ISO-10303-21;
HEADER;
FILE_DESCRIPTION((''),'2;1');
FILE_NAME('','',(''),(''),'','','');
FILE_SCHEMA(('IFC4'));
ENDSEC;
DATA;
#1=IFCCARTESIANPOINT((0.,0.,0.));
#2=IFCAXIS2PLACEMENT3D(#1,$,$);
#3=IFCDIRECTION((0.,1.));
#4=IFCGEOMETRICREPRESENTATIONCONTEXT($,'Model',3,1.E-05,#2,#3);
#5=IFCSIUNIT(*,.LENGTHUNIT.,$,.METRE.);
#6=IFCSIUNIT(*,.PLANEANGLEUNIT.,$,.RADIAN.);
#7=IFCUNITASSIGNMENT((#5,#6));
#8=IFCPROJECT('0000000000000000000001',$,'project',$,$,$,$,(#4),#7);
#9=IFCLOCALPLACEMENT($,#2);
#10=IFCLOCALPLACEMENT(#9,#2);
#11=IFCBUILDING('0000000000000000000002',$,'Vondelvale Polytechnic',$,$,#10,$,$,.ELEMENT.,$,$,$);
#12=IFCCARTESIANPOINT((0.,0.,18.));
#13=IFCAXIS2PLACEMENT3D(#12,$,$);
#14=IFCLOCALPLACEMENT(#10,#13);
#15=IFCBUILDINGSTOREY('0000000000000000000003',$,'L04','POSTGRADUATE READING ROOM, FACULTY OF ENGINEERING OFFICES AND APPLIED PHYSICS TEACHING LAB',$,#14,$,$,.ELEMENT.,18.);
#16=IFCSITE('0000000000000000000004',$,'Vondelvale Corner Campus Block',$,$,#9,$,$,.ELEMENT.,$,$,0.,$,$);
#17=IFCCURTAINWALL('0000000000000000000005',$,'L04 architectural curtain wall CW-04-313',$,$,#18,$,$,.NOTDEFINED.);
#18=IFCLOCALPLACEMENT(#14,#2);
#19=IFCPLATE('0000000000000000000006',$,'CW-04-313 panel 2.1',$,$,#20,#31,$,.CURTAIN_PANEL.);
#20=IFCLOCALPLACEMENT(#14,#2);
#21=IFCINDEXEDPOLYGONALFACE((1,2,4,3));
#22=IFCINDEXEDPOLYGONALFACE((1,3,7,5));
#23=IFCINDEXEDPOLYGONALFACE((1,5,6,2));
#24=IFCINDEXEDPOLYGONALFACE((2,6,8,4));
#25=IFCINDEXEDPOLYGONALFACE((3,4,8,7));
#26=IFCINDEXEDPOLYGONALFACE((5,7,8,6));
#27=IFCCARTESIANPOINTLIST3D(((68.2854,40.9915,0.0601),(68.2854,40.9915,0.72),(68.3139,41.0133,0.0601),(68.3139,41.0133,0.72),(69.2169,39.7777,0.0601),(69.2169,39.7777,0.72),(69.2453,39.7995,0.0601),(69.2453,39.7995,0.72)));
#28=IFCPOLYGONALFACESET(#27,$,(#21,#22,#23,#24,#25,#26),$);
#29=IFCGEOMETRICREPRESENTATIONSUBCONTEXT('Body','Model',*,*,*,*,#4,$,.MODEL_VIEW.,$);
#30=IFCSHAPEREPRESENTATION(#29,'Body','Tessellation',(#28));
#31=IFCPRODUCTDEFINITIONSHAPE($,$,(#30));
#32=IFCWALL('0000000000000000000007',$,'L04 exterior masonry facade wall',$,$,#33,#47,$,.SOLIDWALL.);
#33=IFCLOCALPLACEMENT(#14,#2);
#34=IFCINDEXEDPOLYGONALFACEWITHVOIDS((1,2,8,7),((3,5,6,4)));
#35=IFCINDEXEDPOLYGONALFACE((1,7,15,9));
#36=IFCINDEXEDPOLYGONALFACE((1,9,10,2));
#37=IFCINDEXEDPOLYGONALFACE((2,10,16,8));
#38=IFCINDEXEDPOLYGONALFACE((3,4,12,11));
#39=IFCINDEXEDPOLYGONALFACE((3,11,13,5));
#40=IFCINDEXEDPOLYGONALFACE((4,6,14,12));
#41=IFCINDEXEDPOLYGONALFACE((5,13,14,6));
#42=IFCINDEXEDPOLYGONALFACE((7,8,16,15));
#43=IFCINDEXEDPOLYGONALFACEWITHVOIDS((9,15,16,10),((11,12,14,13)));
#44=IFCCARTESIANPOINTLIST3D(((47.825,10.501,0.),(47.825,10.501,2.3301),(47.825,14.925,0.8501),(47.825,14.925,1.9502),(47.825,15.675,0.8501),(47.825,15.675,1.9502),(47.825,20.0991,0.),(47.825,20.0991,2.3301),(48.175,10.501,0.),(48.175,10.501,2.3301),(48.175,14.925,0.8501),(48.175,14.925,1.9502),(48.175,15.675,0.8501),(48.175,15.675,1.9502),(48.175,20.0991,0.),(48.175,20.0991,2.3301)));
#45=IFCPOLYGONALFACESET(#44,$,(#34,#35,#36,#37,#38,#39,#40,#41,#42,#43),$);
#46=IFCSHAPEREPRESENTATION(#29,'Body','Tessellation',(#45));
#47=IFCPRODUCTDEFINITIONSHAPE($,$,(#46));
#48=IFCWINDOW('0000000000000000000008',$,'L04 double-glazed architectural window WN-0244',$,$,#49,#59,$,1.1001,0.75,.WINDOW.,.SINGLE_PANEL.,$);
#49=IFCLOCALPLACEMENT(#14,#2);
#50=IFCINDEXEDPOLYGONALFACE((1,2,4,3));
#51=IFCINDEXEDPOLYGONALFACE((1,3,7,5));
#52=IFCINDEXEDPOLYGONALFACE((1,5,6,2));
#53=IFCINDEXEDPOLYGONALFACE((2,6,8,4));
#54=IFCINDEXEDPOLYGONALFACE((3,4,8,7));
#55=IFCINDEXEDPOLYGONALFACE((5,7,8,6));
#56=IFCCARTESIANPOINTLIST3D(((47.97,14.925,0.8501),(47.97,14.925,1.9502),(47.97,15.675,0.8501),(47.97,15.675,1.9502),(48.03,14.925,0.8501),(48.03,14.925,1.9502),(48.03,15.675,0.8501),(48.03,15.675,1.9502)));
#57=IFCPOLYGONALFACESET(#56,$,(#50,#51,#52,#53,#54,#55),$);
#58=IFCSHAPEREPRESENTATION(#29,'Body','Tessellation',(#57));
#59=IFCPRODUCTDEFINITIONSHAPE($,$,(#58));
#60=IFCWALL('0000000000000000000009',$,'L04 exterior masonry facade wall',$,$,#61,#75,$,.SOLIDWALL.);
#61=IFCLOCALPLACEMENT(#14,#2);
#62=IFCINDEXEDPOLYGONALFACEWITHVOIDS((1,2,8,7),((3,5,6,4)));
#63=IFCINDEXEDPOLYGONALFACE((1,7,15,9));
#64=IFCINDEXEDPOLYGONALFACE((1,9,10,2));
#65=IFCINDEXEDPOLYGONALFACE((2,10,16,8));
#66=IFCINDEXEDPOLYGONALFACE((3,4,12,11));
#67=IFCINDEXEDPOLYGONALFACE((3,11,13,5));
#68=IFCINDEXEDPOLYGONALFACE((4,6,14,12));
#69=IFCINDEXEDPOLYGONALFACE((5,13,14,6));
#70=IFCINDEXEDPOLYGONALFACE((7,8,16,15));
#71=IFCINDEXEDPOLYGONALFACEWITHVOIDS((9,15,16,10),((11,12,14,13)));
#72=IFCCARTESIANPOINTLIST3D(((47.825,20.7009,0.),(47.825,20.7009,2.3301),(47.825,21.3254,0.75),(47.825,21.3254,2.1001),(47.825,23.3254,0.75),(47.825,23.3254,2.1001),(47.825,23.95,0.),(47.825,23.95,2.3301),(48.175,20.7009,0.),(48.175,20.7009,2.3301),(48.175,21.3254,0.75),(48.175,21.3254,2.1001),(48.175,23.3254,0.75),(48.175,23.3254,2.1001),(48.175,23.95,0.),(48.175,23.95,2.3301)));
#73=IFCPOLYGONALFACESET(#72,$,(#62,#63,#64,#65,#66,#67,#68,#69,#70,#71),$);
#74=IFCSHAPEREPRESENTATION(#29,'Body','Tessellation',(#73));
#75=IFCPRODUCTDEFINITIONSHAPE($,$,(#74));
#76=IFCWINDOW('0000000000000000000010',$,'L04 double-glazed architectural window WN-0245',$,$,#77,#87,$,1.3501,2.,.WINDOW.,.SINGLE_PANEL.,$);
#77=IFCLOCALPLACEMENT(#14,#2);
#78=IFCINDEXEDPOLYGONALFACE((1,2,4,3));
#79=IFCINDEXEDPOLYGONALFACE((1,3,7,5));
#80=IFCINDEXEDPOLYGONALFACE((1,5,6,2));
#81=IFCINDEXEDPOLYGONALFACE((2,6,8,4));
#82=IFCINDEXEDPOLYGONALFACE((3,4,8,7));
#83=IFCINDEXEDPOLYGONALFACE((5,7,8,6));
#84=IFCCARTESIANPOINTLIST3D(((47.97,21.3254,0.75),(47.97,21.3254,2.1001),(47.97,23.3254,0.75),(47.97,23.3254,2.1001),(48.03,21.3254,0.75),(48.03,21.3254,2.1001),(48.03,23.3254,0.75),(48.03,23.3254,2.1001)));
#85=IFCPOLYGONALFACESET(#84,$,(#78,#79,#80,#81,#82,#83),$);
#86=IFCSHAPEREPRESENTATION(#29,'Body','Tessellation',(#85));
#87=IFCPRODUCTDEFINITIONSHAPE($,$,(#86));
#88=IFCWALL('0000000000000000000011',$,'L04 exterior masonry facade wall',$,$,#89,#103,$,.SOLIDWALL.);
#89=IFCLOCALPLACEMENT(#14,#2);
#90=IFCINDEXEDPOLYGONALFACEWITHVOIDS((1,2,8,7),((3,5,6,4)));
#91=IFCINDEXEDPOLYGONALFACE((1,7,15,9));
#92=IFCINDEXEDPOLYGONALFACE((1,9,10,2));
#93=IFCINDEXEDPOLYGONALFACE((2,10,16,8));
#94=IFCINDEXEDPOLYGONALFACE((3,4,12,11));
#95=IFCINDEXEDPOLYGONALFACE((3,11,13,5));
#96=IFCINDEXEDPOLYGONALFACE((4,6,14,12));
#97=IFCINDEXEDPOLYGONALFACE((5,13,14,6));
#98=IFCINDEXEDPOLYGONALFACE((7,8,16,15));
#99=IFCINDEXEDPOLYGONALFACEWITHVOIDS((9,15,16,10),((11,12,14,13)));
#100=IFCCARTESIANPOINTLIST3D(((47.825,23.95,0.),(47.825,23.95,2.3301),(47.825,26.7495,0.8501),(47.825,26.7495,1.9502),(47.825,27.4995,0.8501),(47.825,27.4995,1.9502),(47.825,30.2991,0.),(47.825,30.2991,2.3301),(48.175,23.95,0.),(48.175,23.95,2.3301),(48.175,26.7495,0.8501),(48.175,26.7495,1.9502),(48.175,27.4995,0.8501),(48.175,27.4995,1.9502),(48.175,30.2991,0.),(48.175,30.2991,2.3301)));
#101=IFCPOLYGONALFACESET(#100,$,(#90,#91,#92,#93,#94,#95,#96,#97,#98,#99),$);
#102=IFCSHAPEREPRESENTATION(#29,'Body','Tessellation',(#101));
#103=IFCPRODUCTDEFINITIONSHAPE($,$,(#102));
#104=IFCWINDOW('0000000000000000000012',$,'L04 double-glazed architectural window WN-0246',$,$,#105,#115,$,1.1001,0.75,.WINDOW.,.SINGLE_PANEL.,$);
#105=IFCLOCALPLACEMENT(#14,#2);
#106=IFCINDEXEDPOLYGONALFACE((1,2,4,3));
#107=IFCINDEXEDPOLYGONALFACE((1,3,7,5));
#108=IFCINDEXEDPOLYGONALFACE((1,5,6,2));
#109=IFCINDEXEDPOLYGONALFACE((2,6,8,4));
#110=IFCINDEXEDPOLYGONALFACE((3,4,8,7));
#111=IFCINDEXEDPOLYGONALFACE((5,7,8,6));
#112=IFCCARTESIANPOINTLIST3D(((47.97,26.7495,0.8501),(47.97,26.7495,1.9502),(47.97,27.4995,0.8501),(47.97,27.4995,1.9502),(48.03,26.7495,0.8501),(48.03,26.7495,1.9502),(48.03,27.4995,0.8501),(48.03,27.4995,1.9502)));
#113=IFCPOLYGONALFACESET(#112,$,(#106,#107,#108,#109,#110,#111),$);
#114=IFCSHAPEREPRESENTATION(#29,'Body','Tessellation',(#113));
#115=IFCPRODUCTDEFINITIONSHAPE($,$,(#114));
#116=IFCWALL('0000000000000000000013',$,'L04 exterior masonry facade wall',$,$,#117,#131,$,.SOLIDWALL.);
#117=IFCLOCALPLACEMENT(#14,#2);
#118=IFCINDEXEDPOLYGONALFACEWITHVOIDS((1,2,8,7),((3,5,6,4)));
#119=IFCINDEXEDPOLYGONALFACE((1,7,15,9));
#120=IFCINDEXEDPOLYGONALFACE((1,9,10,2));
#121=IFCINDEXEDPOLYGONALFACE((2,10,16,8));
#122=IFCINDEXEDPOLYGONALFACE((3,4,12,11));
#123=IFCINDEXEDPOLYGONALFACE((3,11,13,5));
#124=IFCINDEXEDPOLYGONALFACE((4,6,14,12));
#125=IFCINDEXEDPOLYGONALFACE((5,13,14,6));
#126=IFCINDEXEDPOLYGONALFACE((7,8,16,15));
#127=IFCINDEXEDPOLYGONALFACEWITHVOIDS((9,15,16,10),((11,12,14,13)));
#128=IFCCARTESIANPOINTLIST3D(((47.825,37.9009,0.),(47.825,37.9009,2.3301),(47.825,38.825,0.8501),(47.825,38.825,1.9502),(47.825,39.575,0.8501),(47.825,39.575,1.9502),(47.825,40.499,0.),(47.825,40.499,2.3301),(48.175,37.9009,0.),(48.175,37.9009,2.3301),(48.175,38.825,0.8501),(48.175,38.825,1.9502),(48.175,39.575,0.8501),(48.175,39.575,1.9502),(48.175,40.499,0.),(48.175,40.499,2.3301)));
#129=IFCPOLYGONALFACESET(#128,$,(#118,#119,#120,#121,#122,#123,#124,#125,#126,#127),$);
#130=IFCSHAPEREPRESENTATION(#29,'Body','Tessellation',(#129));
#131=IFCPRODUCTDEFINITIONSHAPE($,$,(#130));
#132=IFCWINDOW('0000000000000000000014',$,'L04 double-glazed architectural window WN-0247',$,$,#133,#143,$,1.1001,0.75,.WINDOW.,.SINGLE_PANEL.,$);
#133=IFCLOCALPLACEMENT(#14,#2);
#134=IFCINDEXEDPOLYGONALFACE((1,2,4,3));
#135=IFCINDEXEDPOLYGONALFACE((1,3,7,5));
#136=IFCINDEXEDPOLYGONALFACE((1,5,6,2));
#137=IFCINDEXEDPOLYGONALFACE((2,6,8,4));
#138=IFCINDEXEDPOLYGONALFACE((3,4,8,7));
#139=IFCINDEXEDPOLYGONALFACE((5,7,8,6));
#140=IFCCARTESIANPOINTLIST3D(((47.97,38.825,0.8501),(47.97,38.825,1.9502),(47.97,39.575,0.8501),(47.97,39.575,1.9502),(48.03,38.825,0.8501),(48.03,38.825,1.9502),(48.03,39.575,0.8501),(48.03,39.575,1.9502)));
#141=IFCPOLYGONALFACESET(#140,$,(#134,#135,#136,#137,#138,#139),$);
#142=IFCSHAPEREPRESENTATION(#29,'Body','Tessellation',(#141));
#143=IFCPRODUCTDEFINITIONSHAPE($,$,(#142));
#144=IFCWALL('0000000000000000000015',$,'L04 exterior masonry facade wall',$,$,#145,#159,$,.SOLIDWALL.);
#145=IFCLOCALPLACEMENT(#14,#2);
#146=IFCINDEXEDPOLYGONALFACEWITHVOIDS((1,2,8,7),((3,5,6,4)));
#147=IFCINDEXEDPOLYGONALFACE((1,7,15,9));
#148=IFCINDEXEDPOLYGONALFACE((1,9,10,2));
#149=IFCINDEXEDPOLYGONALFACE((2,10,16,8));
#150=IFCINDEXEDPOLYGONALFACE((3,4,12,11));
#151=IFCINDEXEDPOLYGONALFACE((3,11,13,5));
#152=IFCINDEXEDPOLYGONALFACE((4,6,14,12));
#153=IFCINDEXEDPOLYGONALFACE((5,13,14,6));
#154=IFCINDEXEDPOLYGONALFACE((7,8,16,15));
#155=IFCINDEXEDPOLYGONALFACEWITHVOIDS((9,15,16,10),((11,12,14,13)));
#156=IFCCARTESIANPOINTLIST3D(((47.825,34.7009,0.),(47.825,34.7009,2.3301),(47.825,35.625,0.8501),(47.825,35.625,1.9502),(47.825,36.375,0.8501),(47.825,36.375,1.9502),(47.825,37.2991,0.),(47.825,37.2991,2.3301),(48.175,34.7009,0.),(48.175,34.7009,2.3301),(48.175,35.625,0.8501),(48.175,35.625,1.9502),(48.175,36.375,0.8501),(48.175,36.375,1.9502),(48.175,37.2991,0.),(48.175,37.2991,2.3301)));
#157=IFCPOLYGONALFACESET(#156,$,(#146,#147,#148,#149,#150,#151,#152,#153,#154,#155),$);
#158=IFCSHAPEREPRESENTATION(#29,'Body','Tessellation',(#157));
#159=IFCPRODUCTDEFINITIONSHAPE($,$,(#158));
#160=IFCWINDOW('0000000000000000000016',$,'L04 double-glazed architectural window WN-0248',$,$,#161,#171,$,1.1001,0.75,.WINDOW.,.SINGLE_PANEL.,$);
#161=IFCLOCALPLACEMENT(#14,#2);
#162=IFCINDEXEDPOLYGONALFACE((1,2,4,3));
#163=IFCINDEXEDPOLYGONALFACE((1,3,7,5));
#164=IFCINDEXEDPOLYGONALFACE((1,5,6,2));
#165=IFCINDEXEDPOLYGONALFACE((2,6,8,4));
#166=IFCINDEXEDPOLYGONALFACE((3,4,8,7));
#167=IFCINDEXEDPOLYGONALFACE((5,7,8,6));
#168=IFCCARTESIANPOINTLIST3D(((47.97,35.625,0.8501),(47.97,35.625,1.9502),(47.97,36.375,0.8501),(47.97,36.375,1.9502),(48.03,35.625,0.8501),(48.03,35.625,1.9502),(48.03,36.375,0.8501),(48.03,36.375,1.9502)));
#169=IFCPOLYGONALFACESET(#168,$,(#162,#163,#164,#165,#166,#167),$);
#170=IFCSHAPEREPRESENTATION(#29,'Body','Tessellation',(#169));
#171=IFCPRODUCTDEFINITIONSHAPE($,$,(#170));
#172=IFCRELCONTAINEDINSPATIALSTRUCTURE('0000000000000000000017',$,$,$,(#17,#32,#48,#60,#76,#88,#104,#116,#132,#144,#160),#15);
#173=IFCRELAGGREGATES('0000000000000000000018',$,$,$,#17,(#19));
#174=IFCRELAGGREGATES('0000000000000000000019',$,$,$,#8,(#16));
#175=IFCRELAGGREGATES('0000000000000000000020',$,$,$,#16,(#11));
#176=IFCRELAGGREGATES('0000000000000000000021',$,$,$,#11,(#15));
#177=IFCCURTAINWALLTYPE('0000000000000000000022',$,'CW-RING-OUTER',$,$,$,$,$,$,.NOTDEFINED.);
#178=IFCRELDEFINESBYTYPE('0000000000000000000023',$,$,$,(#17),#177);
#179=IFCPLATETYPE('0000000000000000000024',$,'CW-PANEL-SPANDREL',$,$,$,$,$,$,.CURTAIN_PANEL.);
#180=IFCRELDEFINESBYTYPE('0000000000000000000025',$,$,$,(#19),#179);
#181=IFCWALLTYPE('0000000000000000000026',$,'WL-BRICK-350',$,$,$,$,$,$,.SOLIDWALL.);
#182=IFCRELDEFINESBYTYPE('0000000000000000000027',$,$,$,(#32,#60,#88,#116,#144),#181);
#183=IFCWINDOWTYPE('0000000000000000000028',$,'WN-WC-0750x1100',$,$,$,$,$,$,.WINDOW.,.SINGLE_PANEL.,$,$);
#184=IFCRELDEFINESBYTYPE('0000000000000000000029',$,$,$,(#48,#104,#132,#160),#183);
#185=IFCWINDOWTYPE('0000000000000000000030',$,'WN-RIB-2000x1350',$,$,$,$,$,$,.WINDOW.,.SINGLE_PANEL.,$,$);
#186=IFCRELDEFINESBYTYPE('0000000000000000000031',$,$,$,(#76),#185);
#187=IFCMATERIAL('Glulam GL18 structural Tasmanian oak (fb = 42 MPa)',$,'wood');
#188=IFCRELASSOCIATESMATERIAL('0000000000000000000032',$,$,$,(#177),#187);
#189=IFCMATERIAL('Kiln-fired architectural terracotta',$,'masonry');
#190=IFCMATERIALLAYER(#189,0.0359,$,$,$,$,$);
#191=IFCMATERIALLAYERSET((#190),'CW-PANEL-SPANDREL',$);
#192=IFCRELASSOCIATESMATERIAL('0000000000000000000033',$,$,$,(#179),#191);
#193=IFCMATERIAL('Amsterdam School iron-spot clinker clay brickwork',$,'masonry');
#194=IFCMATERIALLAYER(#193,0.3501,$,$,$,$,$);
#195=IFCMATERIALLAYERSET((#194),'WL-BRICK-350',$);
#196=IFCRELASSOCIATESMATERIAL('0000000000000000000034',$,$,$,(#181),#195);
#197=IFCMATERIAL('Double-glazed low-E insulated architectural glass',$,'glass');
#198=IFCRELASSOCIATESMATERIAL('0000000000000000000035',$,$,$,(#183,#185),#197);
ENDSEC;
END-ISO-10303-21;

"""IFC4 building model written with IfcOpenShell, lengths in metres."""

from ifc_helpers import new_model, si_unit, direction, frame, frame_2d, origin, origin_2d, place, context, subcontext, project, spatial, rectangle, extrude, material, layer, layer_set, type_object, element, fill, aggregate, save


model = new_model("IFC4")

# Units and contexts
model_context = context("Model", 3, precision=1e-05, world=origin(), true_north=direction((0.0, 1.0)))
body_context = subcontext(model_context, "Body", "Model", "MODEL_VIEW")
ifc_project = project(units=[si_unit("LENGTHUNIT", "METRE"), si_unit("PLANEANGLEUNIT", "RADIAN")], contexts=[model_context])

# Site, building, storey
site_placement = place(None, origin())
site = spatial("IfcSite", under=ifc_project, at=site_placement, Name="Vondelvale Corner Campus Block", CompositionType="ELEMENT", RefElevation=0.0)
building_placement = place(site_placement, origin())
building = spatial("IfcBuilding", under=site, at=building_placement, Name="Vondelvale Polytechnic", CompositionType="ELEMENT")
storey_placement = place(building_placement, frame((0.0, 0.0, 18.0)))
storey = spatial("IfcBuildingStorey", under=building, at=storey_placement, Name="L04", Description="POSTGRADUATE READING ROOM, FACULTY OF ENGINEERING OFFICES AND APPLIED PHYSICS TEACHING LAB", CompositionType="ELEMENT", Elevation=18.0)

# Curtain wall
ifc_material_1 = material(Name="Glulam GL18 structural Tasmanian oak (fb = 42 MPa)", Category="wood")
curtain_wall_type = type_object("IfcCurtainWallType", Name="CW-RING-OUTER", PredefinedType="NOTDEFINED", material=ifc_material_1)
curtain_wall_placement = place(storey_placement, origin())
curtain_wall = element("IfcCurtainWall", 1, at=curtain_wall_placement, inside=storey, type_object=curtain_wall_type, Name="L04 architectural curtain wall CW-04-313", PredefinedType="NOTDEFINED")

# Plate
ifc_material_2 = material(Name="Double-glazed low-E insulated architectural glass", Category="glass")
ifc_material_3 = material(Name="Kiln-fired architectural terracotta", Category="masonry")
ifc_layer_1 = layer(ifc_material_3, 0.0359)
ifc_layer_set_1 = layer_set([ifc_layer_1], Name="CW-PANEL-SPANDREL")
plate_type_1 = type_object("IfcPlateType", Name="CW-PANEL-SPANDREL", PredefinedType="CURTAIN_PANEL", material=ifc_layer_set_1)
plate_1_placement = place(storey_placement, frame((68.7654, 40.3955, 0.0601), z_axis=(0.0, 0.0, 1.0), x_axis=(0.608787, -0.793334, 0.0)))
plate_1 = element("IfcPlate", 2, at=plate_1_placement, type_object=plate_type_1, Name="CW-04-313 panel 2.1", PredefinedType="CURTAIN_PANEL", context=body_context, shape_type="SweptSolid", body=[
    extrude(rectangle(XDim=1.53, YDim=0.0359, at=origin_2d()), origin(), (0.0, 0.0, 1.0), 0.6599),
])
aggregate(curtain_wall, [plate_1])

# Walls, openings, windows
ifc_material_4 = material(Name="Amsterdam School iron-spot clinker clay brickwork", Category="masonry")
ifc_layer_2 = layer(ifc_material_4, 0.3501)
ifc_layer_set_2 = layer_set([ifc_layer_2], Name="WL-BRICK-350")
wall_type = type_object("IfcWallType", Name="WL-BRICK-350", PredefinedType="SOLIDWALL", material=ifc_layer_set_2)
wall_1_placement = place(storey_placement, frame((48.0, 20.0991, 0.0), z_axis=(0.0, 0.0, 1.0), x_axis=(0.0, -1.0, 0.0)))
wall_1 = element("IfcWall", 3, at=wall_1_placement, inside=storey, type_object=wall_type, Name="L04 exterior masonry facade wall", PredefinedType="SOLIDWALL", context=body_context, shape_type="SweptSolid", body=[
    extrude(rectangle(XDim=9.5981, YDim=0.3501, at=frame_2d((4.7991, 0.0))), origin(), (0.0, 0.0, 1.0), 2.3301),
])
opening_1_placement = place(wall_1_placement, frame((4.4241, 0.0, 0.8501)))
opening_1 = element("IfcOpeningElement", 4, at=opening_1_placement, cuts=wall_1, PredefinedType="OPENING", context=body_context, shape_type="SweptSolid", body=[
    extrude(rectangle(XDim=0.75, YDim=1.1001, at=frame_2d((0.375, 0.55))), frame((0.0, 0.1851, 0.0), z_axis=(0.0, -1.0, 0.0), x_axis=(1.0, 0.0, 0.0)), (0.0, 0.0, 1.0), 0.3701),
])
window_type_1 = type_object("IfcWindowType", Name="WN-WC-0750x1100", PartitioningType="SINGLE_PANEL", PredefinedType="WINDOW", material=ifc_material_2)
window_1_placement = place(opening_1_placement, origin())
window_1 = element("IfcWindow", 5, at=window_1_placement, inside=storey, type_object=window_type_1, Name="L04 double-glazed architectural window WN-0244", OverallHeight=1.1001, OverallWidth=0.75, PartitioningType="SINGLE_PANEL", PredefinedType="WINDOW", context=body_context, shape_type="SweptSolid", body=[
    extrude(rectangle(XDim=0.75, YDim=1.1001, at=frame_2d((0.375, 0.55))), frame((0.0, 0.03, 0.0), z_axis=(0.0, -1.0, 0.0), x_axis=(1.0, 0.0, 0.0)), (0.0, 0.0, 1.0), 0.0601),
])
fill(opening_1, window_1)
wall_2_placement = place(storey_placement, frame((48.0, 23.95, 0.0), z_axis=(0.0, 0.0, 1.0), x_axis=(0.0, -1.0, 0.0)))
wall_2 = element("IfcWall", 6, at=wall_2_placement, inside=storey, type_object=wall_type, Name="L04 exterior masonry facade wall", PredefinedType="SOLIDWALL", context=body_context, shape_type="SweptSolid", body=[
    extrude(rectangle(XDim=3.249, YDim=0.3501, at=frame_2d((1.6245, 0.0))), origin(), (0.0, 0.0, 1.0), 2.3301),
])
opening_2_placement = place(wall_2_placement, frame((0.6245, 0.0, 0.75)))
opening_2 = element("IfcOpeningElement", 7, at=opening_2_placement, cuts=wall_2, PredefinedType="OPENING", context=body_context, shape_type="SweptSolid", body=[
    extrude(rectangle(XDim=2.0, YDim=1.3501, at=frame_2d((1.0, 0.675))), frame((0.0, 0.1851, 0.0), z_axis=(0.0, -1.0, 0.0), x_axis=(1.0, 0.0, 0.0)), (0.0, 0.0, 1.0), 0.3701),
])
window_type_2 = type_object("IfcWindowType", Name="WN-RIB-2000x1350", PartitioningType="SINGLE_PANEL", PredefinedType="WINDOW", material=ifc_material_2)
window_2_placement = place(opening_2_placement, origin())
window_2 = element("IfcWindow", 8, at=window_2_placement, inside=storey, type_object=window_type_2, Name="L04 double-glazed architectural window WN-0245", OverallHeight=1.3501, OverallWidth=2.0, PartitioningType="SINGLE_PANEL", PredefinedType="WINDOW", context=body_context, shape_type="SweptSolid", body=[
    extrude(rectangle(XDim=2.0, YDim=1.3501, at=frame_2d((1.0, 0.675))), frame((0.0, 0.03, 0.0), z_axis=(0.0, -1.0, 0.0), x_axis=(1.0, 0.0, 0.0)), (0.0, 0.0, 1.0), 0.0601),
])
fill(opening_2, window_2)
wall_3_placement = place(storey_placement, frame((48.0, 30.2991, 0.0), z_axis=(0.0, 0.0, 1.0), x_axis=(0.0, -1.0, 0.0)))
wall_3 = element("IfcWall", 9, at=wall_3_placement, inside=storey, type_object=wall_type, Name="L04 exterior masonry facade wall", PredefinedType="SOLIDWALL", context=body_context, shape_type="SweptSolid", body=[
    extrude(rectangle(XDim=6.3491, YDim=0.3501, at=frame_2d((3.1746, 0.0))), origin(), (0.0, 0.0, 1.0), 2.3301),
])
opening_3_placement = place(wall_3_placement, frame((2.7996, 0.0, 0.8501)))
opening_3 = element("IfcOpeningElement", 10, at=opening_3_placement, cuts=wall_3, PredefinedType="OPENING", context=body_context, shape_type="SweptSolid", body=[
    extrude(rectangle(XDim=0.75, YDim=1.1001, at=frame_2d((0.375, 0.55))), frame((0.0, 0.1851, 0.0), z_axis=(0.0, -1.0, 0.0), x_axis=(1.0, 0.0, 0.0)), (0.0, 0.0, 1.0), 0.3701),
])
window_3_placement = place(opening_3_placement, origin())
window_3 = element("IfcWindow", 11, at=window_3_placement, inside=storey, type_object=window_type_1, Name="L04 double-glazed architectural window WN-0246", OverallHeight=1.1001, OverallWidth=0.75, PartitioningType="SINGLE_PANEL", PredefinedType="WINDOW", context=body_context, shape_type="SweptSolid", body=[
    extrude(rectangle(XDim=0.75, YDim=1.1001, at=frame_2d((0.375, 0.55))), frame((0.0, 0.03, 0.0), z_axis=(0.0, -1.0, 0.0), x_axis=(1.0, 0.0, 0.0)), (0.0, 0.0, 1.0), 0.0601),
])
fill(opening_3, window_3)
wall_4_placement = place(storey_placement, frame((48.0, 40.499, 0.0), z_axis=(0.0, 0.0, 1.0), x_axis=(0.0, -1.0, 0.0)))
wall_4 = element("IfcWall", 12, at=wall_4_placement, inside=storey, type_object=wall_type, Name="L04 exterior masonry facade wall", PredefinedType="SOLIDWALL", context=body_context, shape_type="SweptSolid", body=[
    extrude(rectangle(XDim=2.5981, YDim=0.3501, at=frame_2d((1.2991, 0.0))), origin(), (0.0, 0.0, 1.0), 2.3301),
])
opening_4_placement = place(wall_4_placement, frame((0.9241, 0.0, 0.8501)))
opening_4 = element("IfcOpeningElement", 13, at=opening_4_placement, cuts=wall_4, PredefinedType="OPENING", context=body_context, shape_type="SweptSolid", body=[
    extrude(rectangle(XDim=0.75, YDim=1.1001, at=frame_2d((0.375, 0.55))), frame((0.0, 0.1851, 0.0), z_axis=(0.0, -1.0, 0.0), x_axis=(1.0, 0.0, 0.0)), (0.0, 0.0, 1.0), 0.3701),
])
window_4_placement = place(opening_4_placement, origin())
window_4 = element("IfcWindow", 14, at=window_4_placement, inside=storey, type_object=window_type_1, Name="L04 double-glazed architectural window WN-0247", OverallHeight=1.1001, OverallWidth=0.75, PartitioningType="SINGLE_PANEL", PredefinedType="WINDOW", context=body_context, shape_type="SweptSolid", body=[
    extrude(rectangle(XDim=0.75, YDim=1.1001, at=frame_2d((0.375, 0.55))), frame((0.0, 0.03, 0.0), z_axis=(0.0, -1.0, 0.0), x_axis=(1.0, 0.0, 0.0)), (0.0, 0.0, 1.0), 0.0601),
])
fill(opening_4, window_4)
wall_5_placement = place(storey_placement, frame((48.0, 37.2991, 0.0), z_axis=(0.0, 0.0, 1.0), x_axis=(0.0, -1.0, 0.0)))
wall_5 = element("IfcWall", 15, at=wall_5_placement, inside=storey, type_object=wall_type, Name="L04 exterior masonry facade wall", PredefinedType="SOLIDWALL", context=body_context, shape_type="SweptSolid", body=[
    extrude(rectangle(XDim=2.5981, YDim=0.3501, at=frame_2d((1.2991, 0.0))), origin(), (0.0, 0.0, 1.0), 2.3301),
])
opening_5_placement = place(wall_5_placement, frame((0.9241, 0.0, 0.8501)))
opening_5 = element("IfcOpeningElement", 16, at=opening_5_placement, cuts=wall_5, PredefinedType="OPENING", context=body_context, shape_type="SweptSolid", body=[
    extrude(rectangle(XDim=0.75, YDim=1.1001, at=frame_2d((0.375, 0.55))), frame((0.0, 0.1851, 0.0), z_axis=(0.0, -1.0, 0.0), x_axis=(1.0, 0.0, 0.0)), (0.0, 0.0, 1.0), 0.3701),
])
window_5_placement = place(opening_5_placement, origin())
window_5 = element("IfcWindow", 17, at=window_5_placement, inside=storey, type_object=window_type_1, Name="L04 double-glazed architectural window WN-0248", OverallHeight=1.1001, OverallWidth=0.75, PartitioningType="SINGLE_PANEL", PredefinedType="WINDOW", context=body_context, shape_type="SweptSolid", body=[
    extrude(rectangle(XDim=0.75, YDim=1.1001, at=frame_2d((0.375, 0.55))), frame((0.0, 0.03, 0.0), z_axis=(0.0, -1.0, 0.0), x_axis=(1.0, 0.0, 0.0)), (0.0, 0.0, 1.0), 0.0601),
])
fill(opening_5, window_5)

save(model, "model.ifc")
